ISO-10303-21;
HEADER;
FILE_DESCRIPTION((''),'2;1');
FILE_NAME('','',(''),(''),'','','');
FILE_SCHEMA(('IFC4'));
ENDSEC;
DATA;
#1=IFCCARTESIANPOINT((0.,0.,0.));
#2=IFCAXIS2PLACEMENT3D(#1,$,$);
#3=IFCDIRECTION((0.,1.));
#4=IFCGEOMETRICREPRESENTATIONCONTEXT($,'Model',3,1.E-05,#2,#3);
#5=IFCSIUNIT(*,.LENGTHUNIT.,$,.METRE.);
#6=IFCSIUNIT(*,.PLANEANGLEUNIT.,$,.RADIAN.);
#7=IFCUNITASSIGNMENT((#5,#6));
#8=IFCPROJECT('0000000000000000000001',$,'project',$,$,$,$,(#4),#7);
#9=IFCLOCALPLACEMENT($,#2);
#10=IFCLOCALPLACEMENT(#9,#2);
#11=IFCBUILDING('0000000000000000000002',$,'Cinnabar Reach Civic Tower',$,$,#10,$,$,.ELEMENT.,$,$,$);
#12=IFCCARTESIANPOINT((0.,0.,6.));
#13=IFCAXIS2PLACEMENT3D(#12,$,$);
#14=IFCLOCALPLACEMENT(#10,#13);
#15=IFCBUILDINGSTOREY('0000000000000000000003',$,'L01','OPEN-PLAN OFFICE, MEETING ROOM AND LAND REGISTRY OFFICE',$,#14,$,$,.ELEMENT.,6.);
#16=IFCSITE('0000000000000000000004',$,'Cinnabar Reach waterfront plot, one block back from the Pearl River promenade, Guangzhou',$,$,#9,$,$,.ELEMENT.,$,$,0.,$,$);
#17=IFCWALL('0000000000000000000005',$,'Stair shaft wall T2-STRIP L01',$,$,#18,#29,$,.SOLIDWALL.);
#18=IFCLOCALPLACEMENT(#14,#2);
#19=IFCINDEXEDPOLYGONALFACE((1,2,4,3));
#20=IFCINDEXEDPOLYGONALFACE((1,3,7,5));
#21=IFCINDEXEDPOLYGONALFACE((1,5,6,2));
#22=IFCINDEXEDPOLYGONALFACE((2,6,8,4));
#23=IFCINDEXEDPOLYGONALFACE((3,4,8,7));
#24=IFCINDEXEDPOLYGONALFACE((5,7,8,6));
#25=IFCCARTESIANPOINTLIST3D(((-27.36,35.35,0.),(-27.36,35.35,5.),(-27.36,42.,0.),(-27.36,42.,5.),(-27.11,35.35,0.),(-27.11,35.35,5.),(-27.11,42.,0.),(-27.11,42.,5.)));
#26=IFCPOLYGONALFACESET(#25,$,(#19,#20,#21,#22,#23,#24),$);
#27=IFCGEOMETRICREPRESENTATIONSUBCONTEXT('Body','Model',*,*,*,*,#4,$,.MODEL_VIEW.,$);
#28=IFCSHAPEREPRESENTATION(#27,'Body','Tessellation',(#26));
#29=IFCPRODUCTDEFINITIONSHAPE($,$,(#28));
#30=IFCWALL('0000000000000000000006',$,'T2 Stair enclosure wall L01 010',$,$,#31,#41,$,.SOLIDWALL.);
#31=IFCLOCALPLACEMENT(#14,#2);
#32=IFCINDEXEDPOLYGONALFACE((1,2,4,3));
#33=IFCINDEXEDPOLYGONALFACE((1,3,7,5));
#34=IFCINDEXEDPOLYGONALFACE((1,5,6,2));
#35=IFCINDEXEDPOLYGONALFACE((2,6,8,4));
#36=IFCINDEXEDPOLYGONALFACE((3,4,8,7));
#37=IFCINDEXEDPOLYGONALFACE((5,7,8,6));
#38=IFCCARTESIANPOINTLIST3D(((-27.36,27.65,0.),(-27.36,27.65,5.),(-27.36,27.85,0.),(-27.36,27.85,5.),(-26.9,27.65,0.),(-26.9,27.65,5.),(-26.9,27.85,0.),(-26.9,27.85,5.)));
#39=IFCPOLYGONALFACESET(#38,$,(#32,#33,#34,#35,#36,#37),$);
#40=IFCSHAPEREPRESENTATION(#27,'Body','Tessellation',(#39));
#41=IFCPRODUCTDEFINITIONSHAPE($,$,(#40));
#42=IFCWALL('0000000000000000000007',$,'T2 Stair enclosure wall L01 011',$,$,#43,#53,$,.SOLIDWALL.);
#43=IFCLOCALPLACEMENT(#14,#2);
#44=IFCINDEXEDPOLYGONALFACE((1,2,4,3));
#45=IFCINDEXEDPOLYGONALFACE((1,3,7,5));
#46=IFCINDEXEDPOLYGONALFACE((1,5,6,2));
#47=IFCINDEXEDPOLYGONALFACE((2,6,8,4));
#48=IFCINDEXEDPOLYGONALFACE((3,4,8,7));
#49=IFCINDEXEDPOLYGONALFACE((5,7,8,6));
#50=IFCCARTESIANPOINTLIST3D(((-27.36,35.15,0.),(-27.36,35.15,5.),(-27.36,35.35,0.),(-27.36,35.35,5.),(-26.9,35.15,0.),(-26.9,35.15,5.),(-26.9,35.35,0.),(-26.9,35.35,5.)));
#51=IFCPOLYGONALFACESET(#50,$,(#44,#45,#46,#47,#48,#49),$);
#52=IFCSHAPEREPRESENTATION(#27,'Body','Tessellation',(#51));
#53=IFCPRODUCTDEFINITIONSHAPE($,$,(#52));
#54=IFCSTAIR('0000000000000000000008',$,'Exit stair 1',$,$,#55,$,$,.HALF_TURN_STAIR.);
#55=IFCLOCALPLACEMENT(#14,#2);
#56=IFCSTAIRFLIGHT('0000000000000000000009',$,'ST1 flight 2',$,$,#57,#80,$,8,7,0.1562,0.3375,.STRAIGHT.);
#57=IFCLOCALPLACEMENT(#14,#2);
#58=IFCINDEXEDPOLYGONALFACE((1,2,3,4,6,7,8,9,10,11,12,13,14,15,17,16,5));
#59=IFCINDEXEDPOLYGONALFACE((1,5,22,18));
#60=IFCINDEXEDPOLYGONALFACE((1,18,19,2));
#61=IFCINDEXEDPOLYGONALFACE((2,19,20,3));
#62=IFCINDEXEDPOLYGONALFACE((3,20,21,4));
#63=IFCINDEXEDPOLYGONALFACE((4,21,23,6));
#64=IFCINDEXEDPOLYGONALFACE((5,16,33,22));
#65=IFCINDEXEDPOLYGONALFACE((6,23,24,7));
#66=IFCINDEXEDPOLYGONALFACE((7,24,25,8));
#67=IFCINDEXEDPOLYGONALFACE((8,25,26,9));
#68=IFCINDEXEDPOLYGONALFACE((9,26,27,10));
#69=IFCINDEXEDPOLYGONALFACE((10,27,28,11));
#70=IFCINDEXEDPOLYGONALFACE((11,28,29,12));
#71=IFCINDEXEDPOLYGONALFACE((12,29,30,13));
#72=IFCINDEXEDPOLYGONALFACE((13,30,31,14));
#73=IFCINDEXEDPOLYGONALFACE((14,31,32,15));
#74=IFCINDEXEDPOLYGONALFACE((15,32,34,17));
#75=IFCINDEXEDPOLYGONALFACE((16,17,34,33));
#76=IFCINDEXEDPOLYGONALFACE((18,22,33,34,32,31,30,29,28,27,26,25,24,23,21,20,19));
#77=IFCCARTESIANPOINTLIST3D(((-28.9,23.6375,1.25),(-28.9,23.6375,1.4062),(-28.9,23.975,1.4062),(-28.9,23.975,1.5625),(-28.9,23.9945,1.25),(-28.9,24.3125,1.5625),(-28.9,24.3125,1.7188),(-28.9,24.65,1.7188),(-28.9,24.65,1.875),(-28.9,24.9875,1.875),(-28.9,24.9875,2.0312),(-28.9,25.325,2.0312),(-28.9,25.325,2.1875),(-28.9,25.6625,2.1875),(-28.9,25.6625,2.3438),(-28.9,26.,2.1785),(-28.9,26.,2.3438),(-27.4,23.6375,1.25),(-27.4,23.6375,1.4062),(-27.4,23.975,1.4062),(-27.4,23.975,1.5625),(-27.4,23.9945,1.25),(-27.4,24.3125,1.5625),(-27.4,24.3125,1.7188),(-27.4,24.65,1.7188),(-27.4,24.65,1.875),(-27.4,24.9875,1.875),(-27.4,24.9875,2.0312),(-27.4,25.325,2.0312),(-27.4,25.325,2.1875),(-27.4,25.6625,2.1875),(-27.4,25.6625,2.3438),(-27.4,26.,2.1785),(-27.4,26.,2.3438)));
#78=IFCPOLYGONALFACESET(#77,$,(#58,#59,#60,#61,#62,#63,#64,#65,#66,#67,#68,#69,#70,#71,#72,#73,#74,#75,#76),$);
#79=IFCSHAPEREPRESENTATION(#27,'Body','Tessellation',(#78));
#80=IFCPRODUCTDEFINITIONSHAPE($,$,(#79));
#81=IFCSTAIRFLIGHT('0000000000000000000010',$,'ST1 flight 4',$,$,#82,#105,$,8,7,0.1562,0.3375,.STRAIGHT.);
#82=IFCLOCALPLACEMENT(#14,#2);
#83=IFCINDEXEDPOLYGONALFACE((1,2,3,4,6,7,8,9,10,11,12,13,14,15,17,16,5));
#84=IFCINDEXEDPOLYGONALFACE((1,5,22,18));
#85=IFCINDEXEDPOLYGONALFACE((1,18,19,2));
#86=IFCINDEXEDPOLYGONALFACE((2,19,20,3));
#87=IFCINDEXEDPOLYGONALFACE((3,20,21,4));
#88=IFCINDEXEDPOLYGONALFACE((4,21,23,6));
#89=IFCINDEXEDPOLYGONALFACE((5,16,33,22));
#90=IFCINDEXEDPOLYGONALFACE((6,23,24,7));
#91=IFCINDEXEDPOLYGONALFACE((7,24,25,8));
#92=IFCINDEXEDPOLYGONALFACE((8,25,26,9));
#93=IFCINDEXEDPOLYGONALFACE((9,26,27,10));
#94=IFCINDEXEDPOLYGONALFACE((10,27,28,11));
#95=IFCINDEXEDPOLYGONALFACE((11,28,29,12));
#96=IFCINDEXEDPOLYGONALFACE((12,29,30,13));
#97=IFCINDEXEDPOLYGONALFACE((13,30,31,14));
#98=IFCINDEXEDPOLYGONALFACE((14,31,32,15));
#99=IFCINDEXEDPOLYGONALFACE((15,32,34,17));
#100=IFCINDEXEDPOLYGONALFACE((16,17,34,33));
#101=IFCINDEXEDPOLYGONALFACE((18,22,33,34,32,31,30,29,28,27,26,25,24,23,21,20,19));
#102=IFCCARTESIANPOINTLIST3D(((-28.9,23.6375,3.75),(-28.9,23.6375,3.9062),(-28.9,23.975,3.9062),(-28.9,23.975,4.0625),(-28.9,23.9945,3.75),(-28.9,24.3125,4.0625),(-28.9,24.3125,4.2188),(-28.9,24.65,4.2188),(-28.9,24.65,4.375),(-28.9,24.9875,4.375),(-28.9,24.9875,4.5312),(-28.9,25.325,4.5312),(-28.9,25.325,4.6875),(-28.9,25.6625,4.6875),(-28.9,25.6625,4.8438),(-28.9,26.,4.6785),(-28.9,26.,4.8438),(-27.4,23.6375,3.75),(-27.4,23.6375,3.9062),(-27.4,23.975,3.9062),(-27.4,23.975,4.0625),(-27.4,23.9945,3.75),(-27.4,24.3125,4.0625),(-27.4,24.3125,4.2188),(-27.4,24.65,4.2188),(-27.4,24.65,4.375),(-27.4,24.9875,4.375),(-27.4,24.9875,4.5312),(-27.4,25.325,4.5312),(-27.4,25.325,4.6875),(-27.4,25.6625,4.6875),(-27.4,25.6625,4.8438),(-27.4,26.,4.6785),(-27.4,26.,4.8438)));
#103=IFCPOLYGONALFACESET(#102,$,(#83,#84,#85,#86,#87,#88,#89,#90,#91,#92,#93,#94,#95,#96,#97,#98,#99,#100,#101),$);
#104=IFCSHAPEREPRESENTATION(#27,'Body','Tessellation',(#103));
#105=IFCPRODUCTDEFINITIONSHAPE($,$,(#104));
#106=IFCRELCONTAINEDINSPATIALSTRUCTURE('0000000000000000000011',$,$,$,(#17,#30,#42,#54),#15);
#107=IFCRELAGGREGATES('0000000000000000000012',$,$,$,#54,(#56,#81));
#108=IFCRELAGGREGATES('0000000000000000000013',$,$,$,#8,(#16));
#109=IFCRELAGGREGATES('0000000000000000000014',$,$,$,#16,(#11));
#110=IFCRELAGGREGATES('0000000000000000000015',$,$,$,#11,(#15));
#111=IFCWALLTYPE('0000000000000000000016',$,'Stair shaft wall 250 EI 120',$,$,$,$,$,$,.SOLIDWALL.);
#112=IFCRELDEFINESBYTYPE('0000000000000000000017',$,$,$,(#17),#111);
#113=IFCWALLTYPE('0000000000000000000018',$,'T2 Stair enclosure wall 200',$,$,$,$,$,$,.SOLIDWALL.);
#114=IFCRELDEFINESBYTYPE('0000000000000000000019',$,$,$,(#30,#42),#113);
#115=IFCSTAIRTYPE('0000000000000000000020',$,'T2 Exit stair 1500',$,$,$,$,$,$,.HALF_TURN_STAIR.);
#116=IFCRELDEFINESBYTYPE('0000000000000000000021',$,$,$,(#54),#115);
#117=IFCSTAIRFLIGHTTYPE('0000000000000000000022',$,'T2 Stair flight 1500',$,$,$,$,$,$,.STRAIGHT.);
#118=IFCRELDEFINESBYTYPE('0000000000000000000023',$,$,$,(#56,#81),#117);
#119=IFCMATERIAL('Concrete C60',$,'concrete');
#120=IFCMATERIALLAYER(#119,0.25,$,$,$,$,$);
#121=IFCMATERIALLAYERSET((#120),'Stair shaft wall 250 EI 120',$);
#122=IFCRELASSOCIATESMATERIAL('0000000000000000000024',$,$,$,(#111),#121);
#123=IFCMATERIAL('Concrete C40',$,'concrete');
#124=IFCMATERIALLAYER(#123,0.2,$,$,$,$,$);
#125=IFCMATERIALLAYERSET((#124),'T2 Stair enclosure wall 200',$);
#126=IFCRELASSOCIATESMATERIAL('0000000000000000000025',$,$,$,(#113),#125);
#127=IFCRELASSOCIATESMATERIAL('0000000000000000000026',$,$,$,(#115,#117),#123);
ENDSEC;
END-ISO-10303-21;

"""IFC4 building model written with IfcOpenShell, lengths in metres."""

from ifc_helpers import new_model, si_unit, direction, frame, frame_2d, origin, place, context, subcontext, project, spatial, polyline, rectangle, outline, extrude, material, layer, layer_set, type_object, element, aggregate, save


model = new_model("IFC4")

# Units and contexts
model_context = context("Model", 3, precision=1e-05, world=origin(), true_north=direction((0.0, 1.0)))
body_context = subcontext(model_context, "Body", "Model", "MODEL_VIEW")
ifc_project = project(units=[si_unit("LENGTHUNIT", "METRE"), si_unit("PLANEANGLEUNIT", "RADIAN")], contexts=[model_context])

# Site, building, storey
site_placement = place(None, origin())
site = spatial("IfcSite", under=ifc_project, at=site_placement, Name="Cinnabar Reach waterfront plot, one block back from the Pearl River promenade, Guangzhou", CompositionType="ELEMENT", RefElevation=0.0)
building_placement = place(site_placement, origin())
building = spatial("IfcBuilding", under=site, at=building_placement, Name="Cinnabar Reach Civic Tower", CompositionType="ELEMENT")
storey_placement = place(building_placement, frame((0.0, 0.0, 6.0)))
storey = spatial("IfcBuildingStorey", under=building, at=storey_placement, Name="L01", Description="OPEN-PLAN OFFICE, MEETING ROOM AND LAND REGISTRY OFFICE", CompositionType="ELEMENT", Elevation=6.0)

# Shared definitions
ifc_material_1 = material(Name="Concrete C60", Category="concrete")
ifc_layer_1 = layer(ifc_material_1, 0.25)
ifc_layer_set_1 = layer_set([ifc_layer_1], Name="Stair shaft wall 250 EI 120")
wall_type_1 = type_object("IfcWallType", Name="Stair shaft wall 250 EI 120", PredefinedType="SOLIDWALL", material=ifc_layer_set_1)

# Walls
wall_1_placement = place(storey_placement, frame((-27.235, 35.35, 0.0), z_axis=(0.0, 0.0, 1.0), x_axis=(0.0, 1.0, 0.0)))
element("IfcWall", 1, at=wall_1_placement, inside=storey, type_object=wall_type_1, Name="Stair shaft wall T2-STRIP L01", PredefinedType="SOLIDWALL", context=body_context, shape_type="SweptSolid", body=[
    extrude(rectangle(XDim=6.65, YDim=0.25, at=frame_2d((3.325, 0.0))), origin(), (0.0, 0.0, 1.0), 5.0),
])
ifc_material_2 = material(Name="Concrete C40", Category="concrete")
ifc_layer_2 = layer(ifc_material_2, 0.2)
ifc_layer_set_2 = layer_set([ifc_layer_2], Name="T2 Stair enclosure wall 200")
wall_type_2 = type_object("IfcWallType", Name="T2 Stair enclosure wall 200", PredefinedType="SOLIDWALL", material=ifc_layer_set_2)
for number, where, z_axis, x_axis, name in (
    (2, (-27.36, 27.75, 0.0), (0.0, 0.0, 1.0), (1.0, 0.0, 0.0), "T2 Stair enclosure wall L01 010"),
    (3, (-26.9, 35.25, 0.0), (0.0, 0.0, 1.0), (-1.0, 0.0, 0.0), "T2 Stair enclosure wall L01 011"),
):
    element("IfcWall", number, at=place(storey_placement, frame(where, z_axis=z_axis, x_axis=x_axis)), inside=storey, type_object=wall_type_2, Name=name, PredefinedType="SOLIDWALL", context=body_context, shape_type="SweptSolid", body=[
        extrude(rectangle(XDim=0.46, YDim=0.2, at=frame_2d((0.23, 0.0))), origin(), (0.0, 0.0, 1.0), 5.0),
    ])

# Stair, stair flights
stair_type = type_object("IfcStairType", Name="T2 Exit stair 1500", PredefinedType="HALF_TURN_STAIR", material=ifc_material_2)
stair_placement = place(storey_placement, origin())
stair = element("IfcStair", 4, at=stair_placement, inside=storey, type_object=stair_type, Name="Exit stair 1", PredefinedType="HALF_TURN_STAIR")
stair_flight_type = type_object("IfcStairFlightType", Name="T2 Stair flight 1500", PredefinedType="STRAIGHT", material=ifc_material_2)
stair_flight_1_placement = place(storey_placement, frame((-28.15, 23.6375, 1.25), z_axis=(0.0, 0.0, 1.0), x_axis=(0.0, 1.0, 0.0)))
stair_flight_1 = element("IfcStairFlight", 5, at=stair_flight_1_placement, type_object=stair_flight_type, Name="ST1 flight 2", NumberOfRisers=8, NumberOfTreads=7, PredefinedType="STRAIGHT", RiserHeight=0.1562, TreadLength=0.3375, context=body_context, shape_type="SweptSolid", body=[
    extrude(outline(polyline([(0.0, 0.0), (0.0, 0.1562), (0.3375, 0.1562), (0.3375, 0.3125), (0.675, 0.3125), (0.675, 0.4688), (1.0125, 0.4688), (1.0125, 0.625), (1.35, 0.625), (1.35, 0.7812), (1.6875, 0.7812), (1.6875, 0.9375), (2.025, 0.9375), (2.025, 1.0938), (2.3625, 1.0938), (2.3625, 1.25), (2.3625, 0.9285), (0.357, 0.0), (0.0, 0.0)])), frame((0.0, 0.75, 0.0), z_axis=(0.0, -1.0, 0.0), x_axis=(1.0, 0.0, 0.0)), (0.0, 0.0, 1.0), 1.5),
])
stair_flight_2_placement = place(storey_placement, frame((-28.15, 23.6375, 3.75), z_axis=(0.0, 0.0, 1.0), x_axis=(0.0, 1.0, 0.0)))
stair_flight_2 = element("IfcStairFlight", 6, at=stair_flight_2_placement, type_object=stair_flight_type, Name="ST1 flight 4", NumberOfRisers=8, NumberOfTreads=7, PredefinedType="STRAIGHT", RiserHeight=0.1562, TreadLength=0.3375, context=body_context, shape_type="SweptSolid", body=[
    extrude(outline(polyline([(0.0, 0.0), (0.0, 0.1562), (0.3375, 0.1562), (0.3375, 0.3125), (0.675, 0.3125), (0.675, 0.4688), (1.0125, 0.4688), (1.0125, 0.625), (1.35, 0.625), (1.35, 0.7812), (1.6875, 0.7812), (1.6875, 0.9375), (2.025, 0.9375), (2.025, 1.0938), (2.3625, 1.0938), (2.3625, 1.25), (2.3625, 0.9285), (0.357, 0.0), (0.0, 0.0)])), frame((0.0, 0.75, 0.0), z_axis=(0.0, -1.0, 0.0), x_axis=(1.0, 0.0, 0.0)), (0.0, 0.0, 1.0), 1.5),
])
aggregate(stair, [stair_flight_1, stair_flight_2])

save(model, "model.ifc")
